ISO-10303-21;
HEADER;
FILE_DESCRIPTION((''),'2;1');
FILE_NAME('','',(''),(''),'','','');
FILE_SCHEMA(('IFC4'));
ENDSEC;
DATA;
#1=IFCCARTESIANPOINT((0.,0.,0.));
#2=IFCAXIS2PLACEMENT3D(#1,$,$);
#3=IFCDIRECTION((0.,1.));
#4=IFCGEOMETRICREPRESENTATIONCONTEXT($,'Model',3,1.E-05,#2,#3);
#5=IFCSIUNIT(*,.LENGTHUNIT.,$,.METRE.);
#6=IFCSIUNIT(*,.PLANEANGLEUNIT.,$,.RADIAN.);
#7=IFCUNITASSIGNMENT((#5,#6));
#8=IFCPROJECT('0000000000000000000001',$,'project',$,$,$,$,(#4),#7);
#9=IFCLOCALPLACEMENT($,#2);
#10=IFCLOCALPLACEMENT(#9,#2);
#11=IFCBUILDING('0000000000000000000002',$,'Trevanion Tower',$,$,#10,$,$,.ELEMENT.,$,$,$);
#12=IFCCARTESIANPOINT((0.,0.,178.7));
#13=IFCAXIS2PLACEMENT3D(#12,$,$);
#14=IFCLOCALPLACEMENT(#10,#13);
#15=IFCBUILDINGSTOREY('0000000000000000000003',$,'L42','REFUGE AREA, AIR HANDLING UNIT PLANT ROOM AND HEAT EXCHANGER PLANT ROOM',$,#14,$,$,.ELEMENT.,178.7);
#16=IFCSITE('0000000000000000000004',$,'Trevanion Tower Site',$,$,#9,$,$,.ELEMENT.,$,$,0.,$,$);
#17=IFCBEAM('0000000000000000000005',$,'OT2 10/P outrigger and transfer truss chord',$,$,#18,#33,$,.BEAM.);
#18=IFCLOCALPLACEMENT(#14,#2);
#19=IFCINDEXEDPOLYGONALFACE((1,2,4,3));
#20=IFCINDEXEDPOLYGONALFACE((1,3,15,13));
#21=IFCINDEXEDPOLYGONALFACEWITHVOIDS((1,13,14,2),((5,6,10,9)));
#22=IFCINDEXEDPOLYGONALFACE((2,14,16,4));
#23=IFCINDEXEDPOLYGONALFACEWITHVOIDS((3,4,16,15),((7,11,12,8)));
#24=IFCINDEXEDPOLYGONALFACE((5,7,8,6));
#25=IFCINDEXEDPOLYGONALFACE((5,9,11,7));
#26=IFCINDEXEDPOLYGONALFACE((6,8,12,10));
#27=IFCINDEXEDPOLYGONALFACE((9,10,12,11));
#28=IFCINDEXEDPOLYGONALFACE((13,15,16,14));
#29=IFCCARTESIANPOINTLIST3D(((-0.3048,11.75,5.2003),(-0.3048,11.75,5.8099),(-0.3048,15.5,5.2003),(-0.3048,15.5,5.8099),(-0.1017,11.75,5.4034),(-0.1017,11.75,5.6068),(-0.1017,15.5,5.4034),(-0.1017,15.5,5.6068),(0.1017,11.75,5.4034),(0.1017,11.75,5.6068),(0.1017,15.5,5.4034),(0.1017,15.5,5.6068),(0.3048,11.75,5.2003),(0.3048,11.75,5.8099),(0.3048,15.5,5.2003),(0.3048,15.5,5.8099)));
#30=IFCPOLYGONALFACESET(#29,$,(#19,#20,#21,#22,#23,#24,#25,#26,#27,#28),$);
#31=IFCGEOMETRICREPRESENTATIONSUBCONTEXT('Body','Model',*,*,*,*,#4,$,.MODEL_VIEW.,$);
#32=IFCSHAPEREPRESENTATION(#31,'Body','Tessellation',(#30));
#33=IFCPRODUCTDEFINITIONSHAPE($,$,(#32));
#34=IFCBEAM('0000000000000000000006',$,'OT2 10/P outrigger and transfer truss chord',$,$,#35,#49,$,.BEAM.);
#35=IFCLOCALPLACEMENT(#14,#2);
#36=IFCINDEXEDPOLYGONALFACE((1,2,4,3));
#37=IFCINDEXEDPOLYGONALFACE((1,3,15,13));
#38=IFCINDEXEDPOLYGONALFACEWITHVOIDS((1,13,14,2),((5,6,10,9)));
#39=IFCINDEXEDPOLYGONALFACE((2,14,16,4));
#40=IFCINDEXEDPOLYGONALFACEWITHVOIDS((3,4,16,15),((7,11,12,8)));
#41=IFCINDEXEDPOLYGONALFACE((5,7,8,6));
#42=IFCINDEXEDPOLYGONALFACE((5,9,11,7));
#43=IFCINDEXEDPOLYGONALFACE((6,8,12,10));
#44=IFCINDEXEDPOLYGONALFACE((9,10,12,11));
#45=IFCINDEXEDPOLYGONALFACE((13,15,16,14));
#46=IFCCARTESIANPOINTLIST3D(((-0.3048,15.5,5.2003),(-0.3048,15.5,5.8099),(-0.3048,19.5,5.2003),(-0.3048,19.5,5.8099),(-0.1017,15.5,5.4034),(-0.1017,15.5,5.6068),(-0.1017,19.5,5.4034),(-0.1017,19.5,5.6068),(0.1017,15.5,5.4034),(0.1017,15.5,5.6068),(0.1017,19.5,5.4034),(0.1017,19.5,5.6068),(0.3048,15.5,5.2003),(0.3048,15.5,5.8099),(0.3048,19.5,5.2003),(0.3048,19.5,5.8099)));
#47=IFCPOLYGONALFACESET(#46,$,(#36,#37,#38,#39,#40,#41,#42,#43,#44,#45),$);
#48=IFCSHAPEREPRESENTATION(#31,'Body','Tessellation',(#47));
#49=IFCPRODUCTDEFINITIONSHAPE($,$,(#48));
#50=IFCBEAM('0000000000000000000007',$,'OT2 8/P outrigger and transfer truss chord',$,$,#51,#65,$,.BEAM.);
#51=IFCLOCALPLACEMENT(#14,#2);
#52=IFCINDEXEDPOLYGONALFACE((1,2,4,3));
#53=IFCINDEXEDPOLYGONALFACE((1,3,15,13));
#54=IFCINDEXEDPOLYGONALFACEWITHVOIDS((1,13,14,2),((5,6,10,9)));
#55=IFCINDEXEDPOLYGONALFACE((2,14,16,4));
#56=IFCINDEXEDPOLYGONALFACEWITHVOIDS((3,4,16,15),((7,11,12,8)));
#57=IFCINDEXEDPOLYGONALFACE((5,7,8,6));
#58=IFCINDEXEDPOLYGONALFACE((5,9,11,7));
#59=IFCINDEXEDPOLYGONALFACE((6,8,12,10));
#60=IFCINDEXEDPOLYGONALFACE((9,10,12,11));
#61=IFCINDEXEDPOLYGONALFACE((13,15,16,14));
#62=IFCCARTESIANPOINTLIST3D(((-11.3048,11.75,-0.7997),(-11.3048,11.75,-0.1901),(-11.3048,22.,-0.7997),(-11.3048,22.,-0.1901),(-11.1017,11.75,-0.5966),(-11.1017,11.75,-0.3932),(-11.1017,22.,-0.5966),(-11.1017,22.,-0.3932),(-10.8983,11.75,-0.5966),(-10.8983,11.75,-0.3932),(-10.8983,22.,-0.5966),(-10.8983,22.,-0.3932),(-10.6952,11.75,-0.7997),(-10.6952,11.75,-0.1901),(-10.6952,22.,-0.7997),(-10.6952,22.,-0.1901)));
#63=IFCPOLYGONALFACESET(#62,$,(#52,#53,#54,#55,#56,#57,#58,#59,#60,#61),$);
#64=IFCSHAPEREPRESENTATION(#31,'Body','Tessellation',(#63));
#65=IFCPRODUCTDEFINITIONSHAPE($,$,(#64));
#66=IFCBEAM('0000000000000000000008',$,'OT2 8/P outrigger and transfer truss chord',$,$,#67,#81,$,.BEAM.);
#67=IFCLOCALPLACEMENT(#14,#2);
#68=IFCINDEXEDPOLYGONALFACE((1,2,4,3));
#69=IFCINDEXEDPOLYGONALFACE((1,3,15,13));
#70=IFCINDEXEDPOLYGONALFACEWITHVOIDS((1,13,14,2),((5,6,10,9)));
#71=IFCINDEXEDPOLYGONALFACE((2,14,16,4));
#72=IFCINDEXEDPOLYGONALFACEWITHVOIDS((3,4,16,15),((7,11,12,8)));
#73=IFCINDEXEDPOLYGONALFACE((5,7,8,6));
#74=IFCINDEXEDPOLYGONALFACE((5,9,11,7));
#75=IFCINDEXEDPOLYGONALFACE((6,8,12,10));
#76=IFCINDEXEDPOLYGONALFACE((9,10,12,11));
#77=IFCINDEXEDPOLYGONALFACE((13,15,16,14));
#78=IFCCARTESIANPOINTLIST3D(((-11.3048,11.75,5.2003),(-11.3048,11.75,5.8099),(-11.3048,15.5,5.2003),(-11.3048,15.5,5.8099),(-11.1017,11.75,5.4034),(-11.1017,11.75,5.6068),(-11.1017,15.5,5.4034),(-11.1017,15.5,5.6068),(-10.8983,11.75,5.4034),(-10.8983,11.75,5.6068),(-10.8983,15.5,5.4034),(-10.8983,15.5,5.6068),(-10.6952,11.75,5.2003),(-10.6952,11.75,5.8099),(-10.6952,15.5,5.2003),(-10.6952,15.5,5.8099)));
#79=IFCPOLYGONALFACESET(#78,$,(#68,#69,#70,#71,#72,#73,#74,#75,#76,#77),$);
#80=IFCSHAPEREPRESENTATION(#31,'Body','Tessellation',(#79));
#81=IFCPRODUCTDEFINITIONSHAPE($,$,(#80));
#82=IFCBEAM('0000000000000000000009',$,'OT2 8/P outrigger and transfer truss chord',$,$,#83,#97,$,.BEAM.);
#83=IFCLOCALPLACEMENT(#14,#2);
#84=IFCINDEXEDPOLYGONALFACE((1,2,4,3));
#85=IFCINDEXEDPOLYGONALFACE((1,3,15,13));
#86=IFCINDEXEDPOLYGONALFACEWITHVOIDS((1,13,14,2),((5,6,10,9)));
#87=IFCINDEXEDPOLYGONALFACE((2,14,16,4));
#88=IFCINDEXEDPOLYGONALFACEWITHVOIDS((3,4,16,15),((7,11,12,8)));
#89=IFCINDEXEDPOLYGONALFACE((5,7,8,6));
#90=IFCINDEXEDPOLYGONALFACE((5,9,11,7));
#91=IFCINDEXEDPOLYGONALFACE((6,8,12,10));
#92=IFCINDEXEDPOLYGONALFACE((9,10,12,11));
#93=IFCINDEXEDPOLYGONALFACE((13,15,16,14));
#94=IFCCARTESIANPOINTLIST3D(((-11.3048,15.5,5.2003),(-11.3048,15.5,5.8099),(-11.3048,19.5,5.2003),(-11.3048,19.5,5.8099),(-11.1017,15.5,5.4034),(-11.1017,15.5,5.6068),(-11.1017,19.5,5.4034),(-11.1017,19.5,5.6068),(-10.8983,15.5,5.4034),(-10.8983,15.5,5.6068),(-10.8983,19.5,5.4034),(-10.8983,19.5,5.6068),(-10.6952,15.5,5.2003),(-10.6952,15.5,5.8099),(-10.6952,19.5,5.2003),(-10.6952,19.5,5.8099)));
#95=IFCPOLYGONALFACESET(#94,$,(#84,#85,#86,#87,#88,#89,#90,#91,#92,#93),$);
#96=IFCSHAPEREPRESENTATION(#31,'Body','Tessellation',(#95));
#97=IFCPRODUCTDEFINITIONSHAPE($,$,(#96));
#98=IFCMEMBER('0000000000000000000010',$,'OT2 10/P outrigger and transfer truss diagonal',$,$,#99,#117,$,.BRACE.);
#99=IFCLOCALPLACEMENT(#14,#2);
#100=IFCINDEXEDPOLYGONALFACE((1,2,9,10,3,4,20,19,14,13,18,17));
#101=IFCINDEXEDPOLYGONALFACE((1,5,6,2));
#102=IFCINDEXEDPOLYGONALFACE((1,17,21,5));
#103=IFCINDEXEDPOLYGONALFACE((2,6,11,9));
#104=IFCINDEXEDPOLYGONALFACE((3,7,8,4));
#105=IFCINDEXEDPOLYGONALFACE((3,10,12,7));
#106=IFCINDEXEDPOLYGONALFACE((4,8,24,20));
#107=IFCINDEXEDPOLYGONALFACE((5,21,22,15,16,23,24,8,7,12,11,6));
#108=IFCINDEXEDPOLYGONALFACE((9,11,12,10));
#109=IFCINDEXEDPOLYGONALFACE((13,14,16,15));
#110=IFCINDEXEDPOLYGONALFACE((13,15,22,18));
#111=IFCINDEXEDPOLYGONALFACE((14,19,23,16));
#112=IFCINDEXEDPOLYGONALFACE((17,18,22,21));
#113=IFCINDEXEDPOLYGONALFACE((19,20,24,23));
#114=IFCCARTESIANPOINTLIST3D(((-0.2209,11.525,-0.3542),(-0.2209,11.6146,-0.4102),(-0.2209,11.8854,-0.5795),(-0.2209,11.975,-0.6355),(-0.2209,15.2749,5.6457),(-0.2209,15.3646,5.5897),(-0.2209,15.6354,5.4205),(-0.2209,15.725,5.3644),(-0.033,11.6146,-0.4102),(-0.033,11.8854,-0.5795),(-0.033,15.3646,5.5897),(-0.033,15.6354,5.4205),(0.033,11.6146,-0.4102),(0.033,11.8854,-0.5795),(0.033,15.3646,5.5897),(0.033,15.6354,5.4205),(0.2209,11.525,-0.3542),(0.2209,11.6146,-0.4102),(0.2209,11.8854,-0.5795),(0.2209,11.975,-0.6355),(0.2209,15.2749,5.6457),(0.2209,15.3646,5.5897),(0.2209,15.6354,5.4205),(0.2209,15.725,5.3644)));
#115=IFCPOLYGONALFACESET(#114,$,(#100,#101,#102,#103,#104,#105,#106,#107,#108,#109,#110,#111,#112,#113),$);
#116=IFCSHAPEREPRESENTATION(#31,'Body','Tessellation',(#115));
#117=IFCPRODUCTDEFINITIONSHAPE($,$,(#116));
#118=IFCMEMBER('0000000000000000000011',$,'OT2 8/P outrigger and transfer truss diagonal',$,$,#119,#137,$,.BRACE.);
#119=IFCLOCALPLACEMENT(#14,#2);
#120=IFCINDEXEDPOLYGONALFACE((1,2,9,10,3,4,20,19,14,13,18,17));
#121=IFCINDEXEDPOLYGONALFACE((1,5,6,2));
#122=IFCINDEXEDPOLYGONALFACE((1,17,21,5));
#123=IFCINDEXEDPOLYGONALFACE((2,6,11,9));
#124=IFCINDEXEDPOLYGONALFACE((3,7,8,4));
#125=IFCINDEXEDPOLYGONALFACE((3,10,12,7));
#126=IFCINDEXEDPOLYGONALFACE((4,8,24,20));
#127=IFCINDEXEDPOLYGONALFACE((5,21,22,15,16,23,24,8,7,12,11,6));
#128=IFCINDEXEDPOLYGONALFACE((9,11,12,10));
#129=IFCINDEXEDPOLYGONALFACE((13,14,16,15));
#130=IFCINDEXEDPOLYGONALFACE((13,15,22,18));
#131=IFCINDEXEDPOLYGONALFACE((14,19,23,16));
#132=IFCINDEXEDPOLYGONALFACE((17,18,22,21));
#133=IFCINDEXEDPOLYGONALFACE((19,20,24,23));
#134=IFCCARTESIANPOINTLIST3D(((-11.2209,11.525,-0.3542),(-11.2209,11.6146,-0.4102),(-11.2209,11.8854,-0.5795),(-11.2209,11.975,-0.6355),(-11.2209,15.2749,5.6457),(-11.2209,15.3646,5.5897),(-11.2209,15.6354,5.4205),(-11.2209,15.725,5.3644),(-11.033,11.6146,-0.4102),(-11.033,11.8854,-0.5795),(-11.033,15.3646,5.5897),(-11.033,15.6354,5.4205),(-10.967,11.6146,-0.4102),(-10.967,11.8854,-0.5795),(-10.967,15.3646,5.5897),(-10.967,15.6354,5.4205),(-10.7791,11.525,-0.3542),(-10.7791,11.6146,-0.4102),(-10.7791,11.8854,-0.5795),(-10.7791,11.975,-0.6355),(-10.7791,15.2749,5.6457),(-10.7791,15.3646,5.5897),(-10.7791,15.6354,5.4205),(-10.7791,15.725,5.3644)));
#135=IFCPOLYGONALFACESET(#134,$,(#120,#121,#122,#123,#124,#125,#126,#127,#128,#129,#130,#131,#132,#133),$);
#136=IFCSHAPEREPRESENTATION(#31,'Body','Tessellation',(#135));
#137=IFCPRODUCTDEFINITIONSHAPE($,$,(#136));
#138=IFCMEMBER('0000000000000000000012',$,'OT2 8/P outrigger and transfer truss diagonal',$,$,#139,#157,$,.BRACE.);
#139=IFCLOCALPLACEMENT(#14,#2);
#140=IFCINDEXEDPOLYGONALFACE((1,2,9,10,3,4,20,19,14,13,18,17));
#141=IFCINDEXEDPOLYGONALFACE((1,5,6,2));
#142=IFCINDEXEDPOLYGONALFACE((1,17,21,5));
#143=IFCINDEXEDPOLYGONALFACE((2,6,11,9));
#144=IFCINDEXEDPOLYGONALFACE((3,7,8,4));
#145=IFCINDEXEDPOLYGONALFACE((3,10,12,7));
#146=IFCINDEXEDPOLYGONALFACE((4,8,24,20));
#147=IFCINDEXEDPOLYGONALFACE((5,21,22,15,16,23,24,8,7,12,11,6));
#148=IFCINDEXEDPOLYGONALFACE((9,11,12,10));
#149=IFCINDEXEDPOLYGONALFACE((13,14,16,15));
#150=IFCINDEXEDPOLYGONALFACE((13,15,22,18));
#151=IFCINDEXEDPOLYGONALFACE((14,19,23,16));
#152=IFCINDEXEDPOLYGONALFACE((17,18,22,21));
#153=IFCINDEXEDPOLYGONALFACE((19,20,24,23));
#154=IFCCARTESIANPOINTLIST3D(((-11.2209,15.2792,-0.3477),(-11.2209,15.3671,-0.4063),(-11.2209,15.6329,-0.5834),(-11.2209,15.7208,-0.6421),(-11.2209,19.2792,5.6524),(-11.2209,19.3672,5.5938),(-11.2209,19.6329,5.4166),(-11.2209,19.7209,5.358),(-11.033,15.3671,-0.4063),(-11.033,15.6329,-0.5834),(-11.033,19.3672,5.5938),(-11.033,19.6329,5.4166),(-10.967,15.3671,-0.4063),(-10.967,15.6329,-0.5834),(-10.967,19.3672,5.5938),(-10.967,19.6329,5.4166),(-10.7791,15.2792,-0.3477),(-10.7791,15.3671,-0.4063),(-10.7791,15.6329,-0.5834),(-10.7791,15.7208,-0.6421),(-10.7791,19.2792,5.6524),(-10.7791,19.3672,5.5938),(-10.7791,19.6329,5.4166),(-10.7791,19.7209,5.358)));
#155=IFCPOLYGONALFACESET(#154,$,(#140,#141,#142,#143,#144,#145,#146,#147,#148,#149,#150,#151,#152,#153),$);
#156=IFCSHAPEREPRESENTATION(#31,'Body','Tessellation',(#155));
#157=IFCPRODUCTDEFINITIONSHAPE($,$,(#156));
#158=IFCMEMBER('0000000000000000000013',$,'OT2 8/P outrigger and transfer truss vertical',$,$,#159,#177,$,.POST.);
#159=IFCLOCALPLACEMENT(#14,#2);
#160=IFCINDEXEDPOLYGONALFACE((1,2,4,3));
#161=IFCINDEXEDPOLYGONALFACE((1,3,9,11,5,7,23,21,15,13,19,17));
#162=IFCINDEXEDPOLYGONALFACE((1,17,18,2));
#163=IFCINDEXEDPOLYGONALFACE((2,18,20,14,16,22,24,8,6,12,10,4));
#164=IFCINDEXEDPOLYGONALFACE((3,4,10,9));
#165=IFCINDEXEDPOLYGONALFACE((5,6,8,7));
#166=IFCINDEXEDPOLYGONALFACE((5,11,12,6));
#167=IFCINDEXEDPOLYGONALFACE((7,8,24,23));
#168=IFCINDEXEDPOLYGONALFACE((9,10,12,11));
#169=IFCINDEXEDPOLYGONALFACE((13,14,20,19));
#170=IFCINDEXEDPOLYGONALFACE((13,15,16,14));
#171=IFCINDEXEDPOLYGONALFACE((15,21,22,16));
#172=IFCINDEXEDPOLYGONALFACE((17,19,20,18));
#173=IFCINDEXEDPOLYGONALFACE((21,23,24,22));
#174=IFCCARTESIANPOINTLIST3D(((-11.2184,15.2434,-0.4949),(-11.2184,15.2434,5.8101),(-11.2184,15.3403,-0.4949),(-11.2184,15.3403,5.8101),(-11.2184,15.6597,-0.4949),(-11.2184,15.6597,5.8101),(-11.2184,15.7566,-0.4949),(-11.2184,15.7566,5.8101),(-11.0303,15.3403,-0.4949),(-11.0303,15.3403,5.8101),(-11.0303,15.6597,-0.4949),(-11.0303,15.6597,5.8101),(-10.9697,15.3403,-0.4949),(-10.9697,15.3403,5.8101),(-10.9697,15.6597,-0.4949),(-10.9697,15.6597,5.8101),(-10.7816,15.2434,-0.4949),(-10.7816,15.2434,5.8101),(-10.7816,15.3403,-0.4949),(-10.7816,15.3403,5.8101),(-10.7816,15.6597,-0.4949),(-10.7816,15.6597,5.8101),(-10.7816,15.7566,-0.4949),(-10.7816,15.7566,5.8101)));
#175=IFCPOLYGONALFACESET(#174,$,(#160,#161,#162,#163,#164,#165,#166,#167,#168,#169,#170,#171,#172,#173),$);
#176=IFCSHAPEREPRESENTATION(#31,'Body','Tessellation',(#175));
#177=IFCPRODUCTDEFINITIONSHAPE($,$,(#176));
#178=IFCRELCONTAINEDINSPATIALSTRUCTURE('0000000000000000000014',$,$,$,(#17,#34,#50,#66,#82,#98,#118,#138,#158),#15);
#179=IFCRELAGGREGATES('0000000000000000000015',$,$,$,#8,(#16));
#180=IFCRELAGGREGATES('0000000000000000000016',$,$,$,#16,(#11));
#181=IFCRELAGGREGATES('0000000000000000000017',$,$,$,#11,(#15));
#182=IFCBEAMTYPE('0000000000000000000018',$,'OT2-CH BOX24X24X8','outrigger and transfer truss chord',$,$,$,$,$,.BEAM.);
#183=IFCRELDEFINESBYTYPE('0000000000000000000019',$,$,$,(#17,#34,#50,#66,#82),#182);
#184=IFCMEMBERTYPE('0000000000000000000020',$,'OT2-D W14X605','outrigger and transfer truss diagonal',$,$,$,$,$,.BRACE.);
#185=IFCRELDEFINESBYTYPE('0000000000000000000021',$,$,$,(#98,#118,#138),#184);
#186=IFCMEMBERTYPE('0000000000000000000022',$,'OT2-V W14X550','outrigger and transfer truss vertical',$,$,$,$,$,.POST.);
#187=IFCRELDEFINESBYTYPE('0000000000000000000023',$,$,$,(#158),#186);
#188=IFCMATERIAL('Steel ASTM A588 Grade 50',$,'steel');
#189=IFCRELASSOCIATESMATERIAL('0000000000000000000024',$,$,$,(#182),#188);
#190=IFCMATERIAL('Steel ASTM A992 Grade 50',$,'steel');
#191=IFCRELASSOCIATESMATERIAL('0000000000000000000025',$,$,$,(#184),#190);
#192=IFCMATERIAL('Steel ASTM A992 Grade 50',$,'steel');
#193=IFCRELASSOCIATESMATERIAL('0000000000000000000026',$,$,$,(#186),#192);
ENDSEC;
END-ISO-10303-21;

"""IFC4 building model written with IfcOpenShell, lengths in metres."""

from ifc_helpers import new_model, si_unit, direction, frame, origin, origin_2d, place, context, subcontext, project, spatial, hollow_rectangle, i_section, extrude, material, material_profile, profile_set, type_object, element, save


model = new_model("IFC4")

# Units and contexts
model_context = context("Model", 3, precision=1e-05, world=origin(), true_north=direction((0.0, 1.0)))
body_context = subcontext(model_context, "Body", "Model", "MODEL_VIEW")
ifc_project = project(units=[si_unit("LENGTHUNIT", "METRE"), si_unit("PLANEANGLEUNIT", "RADIAN")], contexts=[model_context])

# Site, building, storey
site_placement = place(None, origin())
site = spatial("IfcSite", under=ifc_project, at=site_placement, Name="Trevanion Tower Site", CompositionType="ELEMENT", RefElevation=0.0)
building_placement = place(site_placement, origin())
building = spatial("IfcBuilding", under=site, at=building_placement, Name="Trevanion Tower", CompositionType="ELEMENT")
storey_placement = place(building_placement, frame((0.0, 0.0, 178.7)))
storey = spatial("IfcBuildingStorey", under=building, at=storey_placement, Name="L42", Description="REFUGE AREA, AIR HANDLING UNIT PLANT ROOM AND HEAT EXCHANGER PLANT ROOM", CompositionType="ELEMENT", Elevation=178.7)

# Beams
ifc_material_1 = material(Name="Steel ASTM A588 Grade 50", Category="steel")
ifc_material_profile_1 = material_profile(ifc_material_1, hollow_rectangle(XDim=0.6096, YDim=0.6096, WallThickness=0.2031, at=origin_2d()), Name="BOX24X24X8")
ifc_profile_set_1 = profile_set([ifc_material_profile_1], Name="Steel ASTM A588 Grade 50")
beam_type_1 = type_object("IfcBeamType", Name="OT2-CH BOX24X24X8", Description="outrigger and transfer truss chord", PredefinedType="BEAM", material=ifc_profile_set_1)
beam_1_placement = place(storey_placement, frame((0.0, 11.75, 5.5051), z_axis=(0.0, 1.0, 0.0), x_axis=(-1.0, 0.0, 0.0)))
element("IfcBeam", 1, at=beam_1_placement, inside=storey, type_object=beam_type_1, Name="OT2 10/P outrigger and transfer truss chord", PredefinedType="BEAM", context=body_context, shape_type="SweptSolid", body=[
    extrude(hollow_rectangle(XDim=0.6096, YDim=0.6096, WallThickness=0.2031, at=origin_2d()), origin(), (0.0, 0.0, 1.0), 3.75),
])
beam_2_placement = place(storey_placement, frame((0.0, 15.5, 5.5051), z_axis=(0.0, 1.0, 0.0), x_axis=(-1.0, 0.0, 0.0)))
element("IfcBeam", 2, at=beam_2_placement, inside=storey, type_object=beam_type_1, Name="OT2 10/P outrigger and transfer truss chord", PredefinedType="BEAM", context=body_context, shape_type="SweptSolid", body=[
    extrude(hollow_rectangle(XDim=0.6096, YDim=0.6096, WallThickness=0.2031, at=origin_2d()), origin(), (0.0, 0.0, 1.0), 4.0),
])
beam_3_placement = place(storey_placement, frame((-11.0, 11.75, -0.4949), z_axis=(0.0, 1.0, 0.0), x_axis=(-1.0, 0.0, 0.0)))
element("IfcBeam", 3, at=beam_3_placement, inside=storey, type_object=beam_type_1, Name="OT2 8/P outrigger and transfer truss chord", PredefinedType="BEAM", context=body_context, shape_type="SweptSolid", body=[
    extrude(hollow_rectangle(XDim=0.6096, YDim=0.6096, WallThickness=0.2031, at=origin_2d()), origin(), (0.0, 0.0, 1.0), 10.25),
])
beam_4_placement = place(storey_placement, frame((-11.0, 11.75, 5.5051), z_axis=(0.0, 1.0, 0.0), x_axis=(-1.0, 0.0, 0.0)))
element("IfcBeam", 4, at=beam_4_placement, inside=storey, type_object=beam_type_1, Name="OT2 8/P outrigger and transfer truss chord", PredefinedType="BEAM", context=body_context, shape_type="SweptSolid", body=[
    extrude(hollow_rectangle(XDim=0.6096, YDim=0.6096, WallThickness=0.2031, at=origin_2d()), origin(), (0.0, 0.0, 1.0), 3.75),
])
beam_5_placement = place(storey_placement, frame((-11.0, 15.5, 5.5051), z_axis=(0.0, 1.0, 0.0), x_axis=(-1.0, 0.0, 0.0)))
element("IfcBeam", 5, at=beam_5_placement, inside=storey, type_object=beam_type_1, Name="OT2 8/P outrigger and transfer truss chord", PredefinedType="BEAM", context=body_context, shape_type="SweptSolid", body=[
    extrude(hollow_rectangle(XDim=0.6096, YDim=0.6096, WallThickness=0.2031, at=origin_2d()), origin(), (0.0, 0.0, 1.0), 4.0),
])

# Members
ifc_material_2 = material(Name="Steel ASTM A992 Grade 50", Category="steel")
ifc_material_profile_2 = material_profile(ifc_material_2, i_section(OverallWidth=0.4419, OverallDepth=0.5308, WebThickness=0.0659, FlangeThickness=0.1057, at=origin_2d()), Name="W14X605")
ifc_profile_set_2 = profile_set([ifc_material_profile_2], Name="Steel ASTM A992 Grade 50")
member_type_1 = type_object("IfcMemberType", Name="OT2-D W14X605", Description="outrigger and transfer truss diagonal", PredefinedType="BRACE", material=ifc_profile_set_2)
for number, where, z_axis, x_axis, name in (
    (6, (0.0, 11.75, -0.4949), (0.0, 0.529999, 0.847998), (-1.0, 0.0, 0.0), "OT2 10/P outrigger and transfer truss diagonal"),
    (7, (-11.0, 11.75, -0.4949), (0.0, 0.529999, 0.847998), (-1.0, 0.0, 0.0), "OT2 8/P outrigger and transfer truss diagonal"),
):
    element("IfcMember", number, at=place(storey_placement, frame(where, z_axis=z_axis, x_axis=x_axis)), inside=storey, type_object=member_type_1, Name=name, PredefinedType="BRACE", context=body_context, shape_type="SweptSolid", body=[
        extrude(i_section(OverallWidth=0.4419, OverallDepth=0.5308, WebThickness=0.0659, FlangeThickness=0.1057, at=origin_2d()), origin(), (0.0, 0.0, 1.0), 7.0754),
    ])
member_1_placement = place(storey_placement, frame((-11.0, 15.5, -0.4949), z_axis=(0.0, 0.5547, 0.83205), x_axis=(-1.0, 0.0, 0.0)))
element("IfcMember", 8, at=member_1_placement, inside=storey, type_object=member_type_1, Name="OT2 8/P outrigger and transfer truss diagonal", PredefinedType="BRACE", context=body_context, shape_type="SweptSolid", body=[
    extrude(i_section(OverallWidth=0.4419, OverallDepth=0.5308, WebThickness=0.0659, FlangeThickness=0.1057, at=origin_2d()), origin(), (0.0, 0.0, 1.0), 7.2112),
])
ifc_material_3 = material(Name="Steel ASTM A992 Grade 50", Category="steel")
ifc_material_profile_3 = material_profile(ifc_material_3, i_section(OverallWidth=0.4368, OverallDepth=0.5132, WebThickness=0.0605, FlangeThickness=0.0969, at=origin_2d()), Name="W14X550")
ifc_profile_set_3 = profile_set([ifc_material_profile_3], Name="Steel ASTM A992 Grade 50")
member_type_2 = type_object("IfcMemberType", Name="OT2-V W14X550", Description="outrigger and transfer truss vertical", PredefinedType="POST", material=ifc_profile_set_3)
member_2_placement = place(storey_placement, frame((-11.0, 15.5, -0.4949), z_axis=(0.0, 0.0, 1.0), x_axis=(1.0, 0.0, 0.0)))
element("IfcMember", 9, at=member_2_placement, inside=storey, type_object=member_type_2, Name="OT2 8/P outrigger and transfer truss vertical", PredefinedType="POST", context=body_context, shape_type="SweptSolid", body=[
    extrude(i_section(OverallWidth=0.4368, OverallDepth=0.5132, WebThickness=0.0605, FlangeThickness=0.0969, at=origin_2d()), origin(), (0.0, 0.0, 1.0), 6.3049),
])

save(model, "model.ifc")
